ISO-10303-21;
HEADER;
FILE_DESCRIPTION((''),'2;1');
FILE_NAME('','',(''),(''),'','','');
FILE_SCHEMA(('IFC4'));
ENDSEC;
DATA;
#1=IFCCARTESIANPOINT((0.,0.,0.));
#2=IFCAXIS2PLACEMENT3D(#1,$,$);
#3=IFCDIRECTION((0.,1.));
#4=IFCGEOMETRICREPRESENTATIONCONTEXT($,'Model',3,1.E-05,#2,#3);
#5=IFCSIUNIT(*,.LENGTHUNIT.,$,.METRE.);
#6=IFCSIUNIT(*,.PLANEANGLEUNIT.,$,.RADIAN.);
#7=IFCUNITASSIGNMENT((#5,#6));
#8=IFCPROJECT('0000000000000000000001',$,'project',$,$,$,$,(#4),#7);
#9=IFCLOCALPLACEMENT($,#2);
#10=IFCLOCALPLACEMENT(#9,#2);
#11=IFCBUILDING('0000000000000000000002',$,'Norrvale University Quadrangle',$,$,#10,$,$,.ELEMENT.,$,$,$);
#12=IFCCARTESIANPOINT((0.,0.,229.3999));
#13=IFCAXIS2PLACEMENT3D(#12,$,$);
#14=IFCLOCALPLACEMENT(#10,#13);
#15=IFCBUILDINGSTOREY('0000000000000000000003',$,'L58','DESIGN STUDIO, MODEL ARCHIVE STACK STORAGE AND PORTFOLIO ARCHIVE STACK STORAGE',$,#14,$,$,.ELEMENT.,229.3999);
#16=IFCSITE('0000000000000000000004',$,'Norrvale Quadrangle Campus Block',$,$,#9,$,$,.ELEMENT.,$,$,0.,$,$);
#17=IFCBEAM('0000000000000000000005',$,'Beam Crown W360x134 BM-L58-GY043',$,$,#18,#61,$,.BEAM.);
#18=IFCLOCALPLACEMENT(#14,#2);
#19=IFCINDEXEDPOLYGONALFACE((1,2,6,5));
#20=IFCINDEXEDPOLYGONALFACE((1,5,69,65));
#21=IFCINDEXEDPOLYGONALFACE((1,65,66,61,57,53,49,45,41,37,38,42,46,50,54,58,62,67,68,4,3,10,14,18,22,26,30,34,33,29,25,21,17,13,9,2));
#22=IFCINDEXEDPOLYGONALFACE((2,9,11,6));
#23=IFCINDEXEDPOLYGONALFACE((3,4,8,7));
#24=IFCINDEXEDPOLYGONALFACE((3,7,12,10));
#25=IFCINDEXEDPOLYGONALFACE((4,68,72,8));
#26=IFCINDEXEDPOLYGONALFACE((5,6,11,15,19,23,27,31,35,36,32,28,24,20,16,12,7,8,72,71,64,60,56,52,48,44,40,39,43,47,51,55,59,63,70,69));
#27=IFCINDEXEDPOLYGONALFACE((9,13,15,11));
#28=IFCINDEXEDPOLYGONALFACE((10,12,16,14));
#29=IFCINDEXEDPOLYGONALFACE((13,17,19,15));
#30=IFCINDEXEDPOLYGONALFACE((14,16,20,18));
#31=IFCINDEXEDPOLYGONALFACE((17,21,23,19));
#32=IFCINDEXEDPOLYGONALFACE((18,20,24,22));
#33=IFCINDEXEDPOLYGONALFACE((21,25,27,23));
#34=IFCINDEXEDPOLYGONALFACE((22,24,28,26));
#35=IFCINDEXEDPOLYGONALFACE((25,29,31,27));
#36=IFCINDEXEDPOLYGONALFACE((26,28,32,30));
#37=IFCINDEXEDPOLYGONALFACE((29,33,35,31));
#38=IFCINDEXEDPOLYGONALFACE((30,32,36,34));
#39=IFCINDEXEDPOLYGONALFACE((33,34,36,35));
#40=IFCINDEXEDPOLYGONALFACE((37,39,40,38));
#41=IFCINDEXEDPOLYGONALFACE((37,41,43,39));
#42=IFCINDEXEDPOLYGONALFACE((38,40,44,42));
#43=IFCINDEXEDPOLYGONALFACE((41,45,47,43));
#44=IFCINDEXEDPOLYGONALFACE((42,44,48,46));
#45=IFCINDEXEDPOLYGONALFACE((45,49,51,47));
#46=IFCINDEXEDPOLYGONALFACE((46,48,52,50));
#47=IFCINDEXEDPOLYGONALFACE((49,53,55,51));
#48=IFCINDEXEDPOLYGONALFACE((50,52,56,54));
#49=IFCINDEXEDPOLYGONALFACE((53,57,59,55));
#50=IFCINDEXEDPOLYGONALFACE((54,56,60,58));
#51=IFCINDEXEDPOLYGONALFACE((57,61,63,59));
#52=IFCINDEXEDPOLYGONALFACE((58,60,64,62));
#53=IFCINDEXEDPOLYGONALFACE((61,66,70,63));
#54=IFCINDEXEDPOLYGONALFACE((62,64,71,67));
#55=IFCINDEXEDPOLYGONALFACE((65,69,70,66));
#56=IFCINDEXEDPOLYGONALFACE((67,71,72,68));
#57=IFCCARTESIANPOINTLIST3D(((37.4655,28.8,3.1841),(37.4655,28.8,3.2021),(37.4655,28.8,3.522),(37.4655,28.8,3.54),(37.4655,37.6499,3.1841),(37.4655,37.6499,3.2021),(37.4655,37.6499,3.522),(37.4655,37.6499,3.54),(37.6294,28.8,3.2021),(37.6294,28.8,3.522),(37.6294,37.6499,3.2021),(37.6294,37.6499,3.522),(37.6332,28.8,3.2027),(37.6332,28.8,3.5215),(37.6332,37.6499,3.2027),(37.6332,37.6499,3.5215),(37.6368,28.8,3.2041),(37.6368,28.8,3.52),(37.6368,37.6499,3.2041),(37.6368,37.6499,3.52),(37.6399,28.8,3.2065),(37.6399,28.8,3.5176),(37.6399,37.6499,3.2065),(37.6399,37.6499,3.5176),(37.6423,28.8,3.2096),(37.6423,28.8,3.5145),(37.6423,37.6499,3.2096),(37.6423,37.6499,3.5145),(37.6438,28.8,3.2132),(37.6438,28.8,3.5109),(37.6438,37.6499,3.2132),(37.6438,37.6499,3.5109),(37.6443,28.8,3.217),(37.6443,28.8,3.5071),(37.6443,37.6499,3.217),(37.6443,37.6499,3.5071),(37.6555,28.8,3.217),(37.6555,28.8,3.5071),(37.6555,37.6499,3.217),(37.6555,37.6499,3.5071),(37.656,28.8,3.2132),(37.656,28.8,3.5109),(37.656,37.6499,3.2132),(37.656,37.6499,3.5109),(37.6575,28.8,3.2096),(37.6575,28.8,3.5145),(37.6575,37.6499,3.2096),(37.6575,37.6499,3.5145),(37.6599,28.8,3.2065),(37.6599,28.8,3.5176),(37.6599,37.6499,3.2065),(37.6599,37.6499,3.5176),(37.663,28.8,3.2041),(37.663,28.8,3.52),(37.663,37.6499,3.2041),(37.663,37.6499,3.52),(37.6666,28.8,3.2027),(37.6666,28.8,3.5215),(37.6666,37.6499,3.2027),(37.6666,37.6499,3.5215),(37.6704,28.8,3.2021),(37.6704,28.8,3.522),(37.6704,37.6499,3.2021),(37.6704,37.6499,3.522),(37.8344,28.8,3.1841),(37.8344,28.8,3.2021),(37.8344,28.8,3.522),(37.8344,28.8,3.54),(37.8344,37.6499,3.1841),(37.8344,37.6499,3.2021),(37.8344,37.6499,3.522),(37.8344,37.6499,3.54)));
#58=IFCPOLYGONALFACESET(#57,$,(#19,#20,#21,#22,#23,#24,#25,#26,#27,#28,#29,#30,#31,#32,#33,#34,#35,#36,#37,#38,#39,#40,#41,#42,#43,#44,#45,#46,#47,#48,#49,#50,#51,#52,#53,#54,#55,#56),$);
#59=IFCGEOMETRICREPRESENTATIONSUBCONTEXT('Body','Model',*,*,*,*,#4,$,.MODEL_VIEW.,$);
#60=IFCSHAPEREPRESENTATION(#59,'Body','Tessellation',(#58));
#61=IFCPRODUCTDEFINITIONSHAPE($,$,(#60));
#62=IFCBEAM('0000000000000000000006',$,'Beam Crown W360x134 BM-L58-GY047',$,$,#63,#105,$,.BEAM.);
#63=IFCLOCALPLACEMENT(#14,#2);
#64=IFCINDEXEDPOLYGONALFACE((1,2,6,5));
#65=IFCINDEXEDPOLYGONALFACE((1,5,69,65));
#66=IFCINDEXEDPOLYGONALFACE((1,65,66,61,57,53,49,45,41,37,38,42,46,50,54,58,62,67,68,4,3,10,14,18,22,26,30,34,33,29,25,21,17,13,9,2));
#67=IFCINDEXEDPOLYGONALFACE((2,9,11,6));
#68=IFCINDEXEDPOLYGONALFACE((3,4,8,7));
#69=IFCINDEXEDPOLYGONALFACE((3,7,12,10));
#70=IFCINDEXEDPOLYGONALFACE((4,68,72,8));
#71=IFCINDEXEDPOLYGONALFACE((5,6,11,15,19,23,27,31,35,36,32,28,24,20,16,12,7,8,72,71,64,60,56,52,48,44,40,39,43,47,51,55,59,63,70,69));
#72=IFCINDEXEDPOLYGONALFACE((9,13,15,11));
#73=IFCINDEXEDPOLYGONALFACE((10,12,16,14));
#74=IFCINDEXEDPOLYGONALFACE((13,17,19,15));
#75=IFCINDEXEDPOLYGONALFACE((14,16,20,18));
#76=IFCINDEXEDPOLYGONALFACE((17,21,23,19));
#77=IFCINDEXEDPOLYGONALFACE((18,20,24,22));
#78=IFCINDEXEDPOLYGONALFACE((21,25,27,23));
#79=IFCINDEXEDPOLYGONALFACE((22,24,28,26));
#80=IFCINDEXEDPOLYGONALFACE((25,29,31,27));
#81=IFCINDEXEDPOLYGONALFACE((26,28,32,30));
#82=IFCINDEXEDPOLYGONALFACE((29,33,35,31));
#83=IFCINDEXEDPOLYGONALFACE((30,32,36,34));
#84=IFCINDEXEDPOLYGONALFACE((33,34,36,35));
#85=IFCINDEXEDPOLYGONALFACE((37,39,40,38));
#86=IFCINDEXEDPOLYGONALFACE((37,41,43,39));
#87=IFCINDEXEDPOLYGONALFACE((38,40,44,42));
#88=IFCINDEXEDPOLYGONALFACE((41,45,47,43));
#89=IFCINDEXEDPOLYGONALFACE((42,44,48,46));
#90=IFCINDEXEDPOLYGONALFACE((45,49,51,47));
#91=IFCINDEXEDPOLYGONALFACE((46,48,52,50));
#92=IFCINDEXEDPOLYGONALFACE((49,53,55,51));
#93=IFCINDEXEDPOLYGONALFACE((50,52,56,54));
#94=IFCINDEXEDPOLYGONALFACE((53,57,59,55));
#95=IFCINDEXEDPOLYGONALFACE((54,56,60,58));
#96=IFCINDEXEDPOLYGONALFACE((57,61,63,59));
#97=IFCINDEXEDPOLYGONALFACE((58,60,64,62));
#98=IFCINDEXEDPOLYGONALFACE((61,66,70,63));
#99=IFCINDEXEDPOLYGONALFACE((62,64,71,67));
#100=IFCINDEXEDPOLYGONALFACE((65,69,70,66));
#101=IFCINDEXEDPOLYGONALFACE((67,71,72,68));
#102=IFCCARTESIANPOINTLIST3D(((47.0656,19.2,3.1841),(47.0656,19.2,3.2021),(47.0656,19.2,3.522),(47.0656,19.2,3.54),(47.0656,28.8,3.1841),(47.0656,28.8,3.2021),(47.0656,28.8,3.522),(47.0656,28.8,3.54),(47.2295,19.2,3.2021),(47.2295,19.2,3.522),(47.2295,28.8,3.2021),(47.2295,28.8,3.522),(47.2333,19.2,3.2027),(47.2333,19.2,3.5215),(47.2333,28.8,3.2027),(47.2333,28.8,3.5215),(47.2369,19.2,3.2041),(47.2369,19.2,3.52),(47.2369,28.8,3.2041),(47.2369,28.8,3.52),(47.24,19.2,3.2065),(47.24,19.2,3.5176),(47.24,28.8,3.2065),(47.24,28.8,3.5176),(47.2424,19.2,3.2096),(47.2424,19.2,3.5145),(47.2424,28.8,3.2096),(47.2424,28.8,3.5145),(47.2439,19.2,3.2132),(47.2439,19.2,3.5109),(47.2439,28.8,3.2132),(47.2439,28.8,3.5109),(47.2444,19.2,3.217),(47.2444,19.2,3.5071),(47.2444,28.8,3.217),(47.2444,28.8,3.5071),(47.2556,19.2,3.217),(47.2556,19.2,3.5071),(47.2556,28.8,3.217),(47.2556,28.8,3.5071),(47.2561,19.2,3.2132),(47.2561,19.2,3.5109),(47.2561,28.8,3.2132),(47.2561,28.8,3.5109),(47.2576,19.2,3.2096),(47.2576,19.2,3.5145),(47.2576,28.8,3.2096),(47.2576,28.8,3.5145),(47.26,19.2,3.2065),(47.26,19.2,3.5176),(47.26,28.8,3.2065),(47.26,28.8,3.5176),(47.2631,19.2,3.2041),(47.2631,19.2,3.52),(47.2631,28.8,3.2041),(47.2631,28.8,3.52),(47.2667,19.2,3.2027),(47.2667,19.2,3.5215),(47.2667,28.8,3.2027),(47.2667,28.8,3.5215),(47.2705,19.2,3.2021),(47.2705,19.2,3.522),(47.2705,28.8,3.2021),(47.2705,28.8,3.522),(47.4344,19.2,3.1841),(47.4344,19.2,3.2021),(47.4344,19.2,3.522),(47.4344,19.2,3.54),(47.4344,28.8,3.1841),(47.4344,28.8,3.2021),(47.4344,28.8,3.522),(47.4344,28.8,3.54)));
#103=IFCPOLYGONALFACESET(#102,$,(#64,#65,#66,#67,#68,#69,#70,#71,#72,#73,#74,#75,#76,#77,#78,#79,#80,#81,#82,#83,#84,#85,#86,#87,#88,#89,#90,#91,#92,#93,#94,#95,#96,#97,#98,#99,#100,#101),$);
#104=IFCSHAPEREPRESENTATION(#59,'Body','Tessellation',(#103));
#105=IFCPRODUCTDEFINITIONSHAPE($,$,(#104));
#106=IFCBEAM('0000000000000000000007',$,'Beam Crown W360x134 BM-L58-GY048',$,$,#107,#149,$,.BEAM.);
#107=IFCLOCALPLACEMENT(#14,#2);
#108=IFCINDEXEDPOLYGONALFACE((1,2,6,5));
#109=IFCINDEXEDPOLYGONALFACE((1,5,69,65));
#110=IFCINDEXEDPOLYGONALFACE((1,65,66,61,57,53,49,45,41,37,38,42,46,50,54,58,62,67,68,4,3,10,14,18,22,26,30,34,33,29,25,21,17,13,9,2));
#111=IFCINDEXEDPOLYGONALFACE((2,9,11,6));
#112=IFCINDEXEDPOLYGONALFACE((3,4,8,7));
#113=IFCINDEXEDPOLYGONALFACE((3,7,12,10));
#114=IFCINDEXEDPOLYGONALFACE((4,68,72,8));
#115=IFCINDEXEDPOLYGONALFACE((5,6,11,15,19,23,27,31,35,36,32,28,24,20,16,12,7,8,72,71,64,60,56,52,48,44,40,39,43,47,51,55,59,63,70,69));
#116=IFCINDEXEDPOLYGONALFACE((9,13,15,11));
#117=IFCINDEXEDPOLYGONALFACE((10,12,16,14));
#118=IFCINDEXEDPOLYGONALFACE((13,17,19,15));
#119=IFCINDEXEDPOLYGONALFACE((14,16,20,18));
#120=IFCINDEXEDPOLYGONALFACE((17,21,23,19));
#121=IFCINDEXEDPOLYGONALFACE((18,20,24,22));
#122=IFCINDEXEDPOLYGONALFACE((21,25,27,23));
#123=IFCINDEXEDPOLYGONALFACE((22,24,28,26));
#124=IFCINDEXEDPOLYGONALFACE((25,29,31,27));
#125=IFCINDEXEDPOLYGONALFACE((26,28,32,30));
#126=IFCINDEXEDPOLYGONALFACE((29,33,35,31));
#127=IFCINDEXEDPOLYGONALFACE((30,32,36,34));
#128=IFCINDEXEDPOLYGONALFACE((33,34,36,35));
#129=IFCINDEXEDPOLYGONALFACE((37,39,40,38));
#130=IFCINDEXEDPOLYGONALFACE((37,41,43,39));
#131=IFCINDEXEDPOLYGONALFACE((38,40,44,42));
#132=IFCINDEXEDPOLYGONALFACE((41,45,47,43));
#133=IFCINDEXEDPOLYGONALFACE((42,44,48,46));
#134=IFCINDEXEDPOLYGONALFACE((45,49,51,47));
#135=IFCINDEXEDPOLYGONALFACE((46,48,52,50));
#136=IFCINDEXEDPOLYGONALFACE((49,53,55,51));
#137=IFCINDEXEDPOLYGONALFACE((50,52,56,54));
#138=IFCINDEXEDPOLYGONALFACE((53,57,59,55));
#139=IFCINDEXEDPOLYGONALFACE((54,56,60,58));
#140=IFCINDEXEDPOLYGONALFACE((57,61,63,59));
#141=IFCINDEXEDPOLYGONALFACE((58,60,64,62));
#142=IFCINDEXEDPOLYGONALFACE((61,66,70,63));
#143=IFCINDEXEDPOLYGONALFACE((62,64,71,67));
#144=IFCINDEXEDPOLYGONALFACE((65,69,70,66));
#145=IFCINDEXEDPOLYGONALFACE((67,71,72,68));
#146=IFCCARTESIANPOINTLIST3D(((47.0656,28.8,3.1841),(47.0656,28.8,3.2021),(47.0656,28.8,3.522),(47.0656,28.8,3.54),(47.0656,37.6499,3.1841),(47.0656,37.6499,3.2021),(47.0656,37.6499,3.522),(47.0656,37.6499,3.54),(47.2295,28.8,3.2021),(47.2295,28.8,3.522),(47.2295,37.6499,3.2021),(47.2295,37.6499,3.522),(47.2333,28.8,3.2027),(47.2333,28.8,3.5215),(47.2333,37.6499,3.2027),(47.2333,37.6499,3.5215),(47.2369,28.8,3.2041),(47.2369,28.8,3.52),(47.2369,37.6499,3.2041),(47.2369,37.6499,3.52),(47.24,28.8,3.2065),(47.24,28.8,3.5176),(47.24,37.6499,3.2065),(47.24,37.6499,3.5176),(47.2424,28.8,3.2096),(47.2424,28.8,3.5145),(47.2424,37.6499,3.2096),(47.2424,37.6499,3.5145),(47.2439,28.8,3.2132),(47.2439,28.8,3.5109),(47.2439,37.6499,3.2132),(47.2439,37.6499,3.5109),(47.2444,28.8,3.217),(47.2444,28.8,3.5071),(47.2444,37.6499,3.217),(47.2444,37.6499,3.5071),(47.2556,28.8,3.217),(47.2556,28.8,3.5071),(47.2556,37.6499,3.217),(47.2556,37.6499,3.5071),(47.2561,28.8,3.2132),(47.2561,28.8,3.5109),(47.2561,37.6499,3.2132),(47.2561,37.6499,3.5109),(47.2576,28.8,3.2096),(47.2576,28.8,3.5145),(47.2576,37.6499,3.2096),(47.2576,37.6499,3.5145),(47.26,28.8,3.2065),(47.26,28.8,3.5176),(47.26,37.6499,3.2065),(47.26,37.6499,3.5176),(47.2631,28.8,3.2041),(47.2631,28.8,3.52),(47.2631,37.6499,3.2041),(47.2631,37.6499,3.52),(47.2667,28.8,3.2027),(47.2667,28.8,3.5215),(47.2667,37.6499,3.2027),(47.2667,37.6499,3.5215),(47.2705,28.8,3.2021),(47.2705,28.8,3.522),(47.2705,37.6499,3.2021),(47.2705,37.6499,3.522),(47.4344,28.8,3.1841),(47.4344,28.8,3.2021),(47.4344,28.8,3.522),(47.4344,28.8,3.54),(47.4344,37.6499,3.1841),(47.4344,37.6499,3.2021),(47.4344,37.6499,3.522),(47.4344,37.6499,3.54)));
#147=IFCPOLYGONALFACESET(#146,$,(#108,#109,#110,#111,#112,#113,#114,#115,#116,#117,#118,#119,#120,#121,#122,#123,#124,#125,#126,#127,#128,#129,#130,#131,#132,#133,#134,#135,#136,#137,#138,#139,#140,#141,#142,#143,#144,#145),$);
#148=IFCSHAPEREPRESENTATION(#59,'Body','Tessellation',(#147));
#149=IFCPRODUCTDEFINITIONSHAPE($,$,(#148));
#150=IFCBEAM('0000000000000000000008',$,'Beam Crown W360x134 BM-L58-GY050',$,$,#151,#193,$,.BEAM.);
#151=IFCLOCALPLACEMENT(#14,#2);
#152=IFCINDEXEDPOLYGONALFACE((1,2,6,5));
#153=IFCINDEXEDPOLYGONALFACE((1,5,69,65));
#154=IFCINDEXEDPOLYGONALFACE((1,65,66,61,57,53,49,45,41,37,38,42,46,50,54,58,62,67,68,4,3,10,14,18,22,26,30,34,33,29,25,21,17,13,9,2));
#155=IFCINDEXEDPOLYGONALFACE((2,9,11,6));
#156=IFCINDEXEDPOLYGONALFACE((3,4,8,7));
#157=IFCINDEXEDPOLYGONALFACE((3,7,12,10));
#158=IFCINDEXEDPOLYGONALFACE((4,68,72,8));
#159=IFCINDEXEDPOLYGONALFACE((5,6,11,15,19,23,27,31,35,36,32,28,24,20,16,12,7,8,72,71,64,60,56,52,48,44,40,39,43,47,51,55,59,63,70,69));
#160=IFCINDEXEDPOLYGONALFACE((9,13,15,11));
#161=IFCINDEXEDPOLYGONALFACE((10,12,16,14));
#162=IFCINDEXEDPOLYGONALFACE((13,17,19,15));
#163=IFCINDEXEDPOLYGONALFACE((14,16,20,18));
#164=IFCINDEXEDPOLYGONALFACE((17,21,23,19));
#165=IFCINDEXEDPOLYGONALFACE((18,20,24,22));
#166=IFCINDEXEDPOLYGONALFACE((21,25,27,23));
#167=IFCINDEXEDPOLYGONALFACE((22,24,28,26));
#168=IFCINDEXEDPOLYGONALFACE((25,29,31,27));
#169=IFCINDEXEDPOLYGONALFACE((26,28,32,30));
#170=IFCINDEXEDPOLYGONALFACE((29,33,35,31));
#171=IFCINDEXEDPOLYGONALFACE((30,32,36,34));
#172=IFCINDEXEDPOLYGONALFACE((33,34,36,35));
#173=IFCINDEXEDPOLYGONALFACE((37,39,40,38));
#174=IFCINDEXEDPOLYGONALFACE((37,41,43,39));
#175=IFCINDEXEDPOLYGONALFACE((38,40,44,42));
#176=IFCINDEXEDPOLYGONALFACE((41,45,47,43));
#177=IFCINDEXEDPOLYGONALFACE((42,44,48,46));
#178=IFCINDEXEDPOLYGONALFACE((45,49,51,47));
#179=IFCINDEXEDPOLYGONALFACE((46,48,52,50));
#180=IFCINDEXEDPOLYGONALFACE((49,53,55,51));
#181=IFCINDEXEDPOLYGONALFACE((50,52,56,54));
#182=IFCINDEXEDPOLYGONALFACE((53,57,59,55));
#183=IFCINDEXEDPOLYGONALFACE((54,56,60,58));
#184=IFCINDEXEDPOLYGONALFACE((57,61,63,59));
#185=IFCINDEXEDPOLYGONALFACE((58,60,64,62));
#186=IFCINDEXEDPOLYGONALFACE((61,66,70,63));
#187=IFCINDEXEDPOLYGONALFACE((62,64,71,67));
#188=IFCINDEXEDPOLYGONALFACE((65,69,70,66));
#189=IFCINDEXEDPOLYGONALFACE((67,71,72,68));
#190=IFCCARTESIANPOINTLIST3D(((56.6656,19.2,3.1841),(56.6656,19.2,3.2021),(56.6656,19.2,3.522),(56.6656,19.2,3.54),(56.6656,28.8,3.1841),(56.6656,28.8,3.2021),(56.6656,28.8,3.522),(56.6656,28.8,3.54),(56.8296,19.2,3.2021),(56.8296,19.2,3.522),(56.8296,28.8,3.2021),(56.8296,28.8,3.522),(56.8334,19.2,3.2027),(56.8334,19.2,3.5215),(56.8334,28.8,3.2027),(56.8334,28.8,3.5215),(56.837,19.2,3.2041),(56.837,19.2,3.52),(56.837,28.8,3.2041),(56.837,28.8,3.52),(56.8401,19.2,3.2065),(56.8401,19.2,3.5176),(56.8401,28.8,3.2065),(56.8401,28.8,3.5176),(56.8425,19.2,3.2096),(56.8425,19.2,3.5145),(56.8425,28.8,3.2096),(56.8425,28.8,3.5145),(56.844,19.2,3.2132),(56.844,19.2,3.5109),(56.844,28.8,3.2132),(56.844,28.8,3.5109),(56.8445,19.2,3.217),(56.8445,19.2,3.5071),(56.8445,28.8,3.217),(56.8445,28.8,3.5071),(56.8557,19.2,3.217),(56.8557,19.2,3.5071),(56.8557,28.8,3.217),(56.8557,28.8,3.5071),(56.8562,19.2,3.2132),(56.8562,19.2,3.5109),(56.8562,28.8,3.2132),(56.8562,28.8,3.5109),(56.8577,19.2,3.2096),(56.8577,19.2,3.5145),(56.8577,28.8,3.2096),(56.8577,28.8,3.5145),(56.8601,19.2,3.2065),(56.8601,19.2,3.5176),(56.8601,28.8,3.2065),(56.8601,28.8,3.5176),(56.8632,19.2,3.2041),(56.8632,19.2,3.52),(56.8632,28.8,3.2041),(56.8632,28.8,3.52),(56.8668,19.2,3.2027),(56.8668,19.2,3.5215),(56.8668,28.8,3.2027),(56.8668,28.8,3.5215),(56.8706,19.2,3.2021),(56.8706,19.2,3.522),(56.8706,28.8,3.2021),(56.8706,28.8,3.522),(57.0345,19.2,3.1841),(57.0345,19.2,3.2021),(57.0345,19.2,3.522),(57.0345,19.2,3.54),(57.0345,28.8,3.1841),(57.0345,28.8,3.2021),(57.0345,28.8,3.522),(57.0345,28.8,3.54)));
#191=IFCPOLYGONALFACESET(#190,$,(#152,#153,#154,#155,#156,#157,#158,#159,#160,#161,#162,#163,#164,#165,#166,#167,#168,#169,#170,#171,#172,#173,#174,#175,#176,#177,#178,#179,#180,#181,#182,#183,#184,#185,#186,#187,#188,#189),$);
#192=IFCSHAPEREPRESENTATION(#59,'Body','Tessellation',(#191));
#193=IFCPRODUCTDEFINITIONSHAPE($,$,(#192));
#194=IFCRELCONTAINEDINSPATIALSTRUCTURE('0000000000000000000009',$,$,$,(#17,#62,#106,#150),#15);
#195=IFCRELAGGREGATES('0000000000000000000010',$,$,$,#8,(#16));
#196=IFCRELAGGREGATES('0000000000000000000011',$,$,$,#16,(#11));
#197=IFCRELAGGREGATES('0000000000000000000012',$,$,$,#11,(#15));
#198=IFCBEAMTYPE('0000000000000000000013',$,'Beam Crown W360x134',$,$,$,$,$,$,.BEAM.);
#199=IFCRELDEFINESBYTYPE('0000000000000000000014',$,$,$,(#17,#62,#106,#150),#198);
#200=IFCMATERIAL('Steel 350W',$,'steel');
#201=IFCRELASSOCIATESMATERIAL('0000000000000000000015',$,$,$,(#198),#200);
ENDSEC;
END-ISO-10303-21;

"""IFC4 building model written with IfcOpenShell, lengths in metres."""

from ifc_helpers import new_model, si_unit, direction, frame, origin, origin_2d, place, context, subcontext, project, spatial, i_section, extrude, material, material_profile, profile_set, type_object, element, save


model = new_model("IFC4")

# Units and contexts
model_context = context("Model", 3, precision=1e-05, world=origin(), true_north=direction((0.0, 1.0)))
body_context = subcontext(model_context, "Body", "Model", "MODEL_VIEW")
ifc_project = project(units=[si_unit("LENGTHUNIT", "METRE"), si_unit("PLANEANGLEUNIT", "RADIAN")], contexts=[model_context])

# Site, building, storey
site_placement = place(None, origin())
site = spatial("IfcSite", under=ifc_project, at=site_placement, Name="Norrvale Quadrangle Campus Block", CompositionType="ELEMENT", RefElevation=0.0)
building_placement = place(site_placement, origin())
building = spatial("IfcBuilding", under=site, at=building_placement, Name="Norrvale University Quadrangle", CompositionType="ELEMENT")
storey_placement = place(building_placement, frame((0.0, 0.0, 229.3999)))
storey = spatial("IfcBuildingStorey", under=building, at=storey_placement, Name="L58", Description="DESIGN STUDIO, MODEL ARCHIVE STACK STORAGE AND PORTFOLIO ARCHIVE STACK STORAGE", CompositionType="ELEMENT", Elevation=229.3999)

# Beams
ifc_material_1 = material(Name="Steel 350W", Category="steel")
ifc_material_profile_1 = material_profile(ifc_material_1, i_section(OverallWidth=0.3689, OverallDepth=0.356, WebThickness=0.0112, FlangeThickness=0.0181, FilletRadius=0.0149, at=origin_2d()), Name="Steel 350W")
ifc_profile_set_1 = profile_set([ifc_material_profile_1], Name="Steel 350W")
beam_type_1 = type_object("IfcBeamType", Name="Beam Crown W360x134", PredefinedType="BEAM", material=ifc_profile_set_1)
beam_1_placement = place(storey_placement, frame((37.6499, 28.8, 3.3621), z_axis=(0.0, 1.0, 0.0), x_axis=(-1.0, 0.0, 0.0)))
element("IfcBeam", 1, at=beam_1_placement, inside=storey, type_object=beam_type_1, Name="Beam Crown W360x134 BM-L58-GY043", PredefinedType="BEAM", context=body_context, shape_type="SweptSolid", body=[
    extrude(i_section(OverallWidth=0.3689, OverallDepth=0.356, WebThickness=0.0112, FlangeThickness=0.0181, FilletRadius=0.0149, at=origin_2d()), origin(), (0.0, 0.0, 1.0), 8.8499),
])
beam_2_placement = place(storey_placement, frame((47.25, 19.2, 3.3621), z_axis=(0.0, 1.0, 0.0), x_axis=(-1.0, 0.0, 0.0)))
element("IfcBeam", 2, at=beam_2_placement, inside=storey, type_object=beam_type_1, Name="Beam Crown W360x134 BM-L58-GY047", PredefinedType="BEAM", context=body_context, shape_type="SweptSolid", body=[
    extrude(i_section(OverallWidth=0.3689, OverallDepth=0.356, WebThickness=0.0112, FlangeThickness=0.0181, FilletRadius=0.0149, at=origin_2d()), origin(), (0.0, 0.0, 1.0), 9.6001),
])
beam_3_placement = place(storey_placement, frame((47.25, 28.8, 3.3621), z_axis=(0.0, 1.0, 0.0), x_axis=(-1.0, 0.0, 0.0)))
element("IfcBeam", 3, at=beam_3_placement, inside=storey, type_object=beam_type_1, Name="Beam Crown W360x134 BM-L58-GY048", PredefinedType="BEAM", context=body_context, shape_type="SweptSolid", body=[
    extrude(i_section(OverallWidth=0.3689, OverallDepth=0.356, WebThickness=0.0112, FlangeThickness=0.0181, FilletRadius=0.0149, at=origin_2d()), origin(), (0.0, 0.0, 1.0), 8.8499),
])
beam_4_placement = place(storey_placement, frame((56.8501, 19.2, 3.3621), z_axis=(0.0, 1.0, 0.0), x_axis=(-1.0, 0.0, 0.0)))
element("IfcBeam", 4, at=beam_4_placement, inside=storey, type_object=beam_type_1, Name="Beam Crown W360x134 BM-L58-GY050", PredefinedType="BEAM", context=body_context, shape_type="SweptSolid", body=[
    extrude(i_section(OverallWidth=0.3689, OverallDepth=0.356, WebThickness=0.0112, FlangeThickness=0.0181, FilletRadius=0.0149, at=origin_2d()), origin(), (0.0, 0.0, 1.0), 9.6001),
])

save(model, "model.ifc")
